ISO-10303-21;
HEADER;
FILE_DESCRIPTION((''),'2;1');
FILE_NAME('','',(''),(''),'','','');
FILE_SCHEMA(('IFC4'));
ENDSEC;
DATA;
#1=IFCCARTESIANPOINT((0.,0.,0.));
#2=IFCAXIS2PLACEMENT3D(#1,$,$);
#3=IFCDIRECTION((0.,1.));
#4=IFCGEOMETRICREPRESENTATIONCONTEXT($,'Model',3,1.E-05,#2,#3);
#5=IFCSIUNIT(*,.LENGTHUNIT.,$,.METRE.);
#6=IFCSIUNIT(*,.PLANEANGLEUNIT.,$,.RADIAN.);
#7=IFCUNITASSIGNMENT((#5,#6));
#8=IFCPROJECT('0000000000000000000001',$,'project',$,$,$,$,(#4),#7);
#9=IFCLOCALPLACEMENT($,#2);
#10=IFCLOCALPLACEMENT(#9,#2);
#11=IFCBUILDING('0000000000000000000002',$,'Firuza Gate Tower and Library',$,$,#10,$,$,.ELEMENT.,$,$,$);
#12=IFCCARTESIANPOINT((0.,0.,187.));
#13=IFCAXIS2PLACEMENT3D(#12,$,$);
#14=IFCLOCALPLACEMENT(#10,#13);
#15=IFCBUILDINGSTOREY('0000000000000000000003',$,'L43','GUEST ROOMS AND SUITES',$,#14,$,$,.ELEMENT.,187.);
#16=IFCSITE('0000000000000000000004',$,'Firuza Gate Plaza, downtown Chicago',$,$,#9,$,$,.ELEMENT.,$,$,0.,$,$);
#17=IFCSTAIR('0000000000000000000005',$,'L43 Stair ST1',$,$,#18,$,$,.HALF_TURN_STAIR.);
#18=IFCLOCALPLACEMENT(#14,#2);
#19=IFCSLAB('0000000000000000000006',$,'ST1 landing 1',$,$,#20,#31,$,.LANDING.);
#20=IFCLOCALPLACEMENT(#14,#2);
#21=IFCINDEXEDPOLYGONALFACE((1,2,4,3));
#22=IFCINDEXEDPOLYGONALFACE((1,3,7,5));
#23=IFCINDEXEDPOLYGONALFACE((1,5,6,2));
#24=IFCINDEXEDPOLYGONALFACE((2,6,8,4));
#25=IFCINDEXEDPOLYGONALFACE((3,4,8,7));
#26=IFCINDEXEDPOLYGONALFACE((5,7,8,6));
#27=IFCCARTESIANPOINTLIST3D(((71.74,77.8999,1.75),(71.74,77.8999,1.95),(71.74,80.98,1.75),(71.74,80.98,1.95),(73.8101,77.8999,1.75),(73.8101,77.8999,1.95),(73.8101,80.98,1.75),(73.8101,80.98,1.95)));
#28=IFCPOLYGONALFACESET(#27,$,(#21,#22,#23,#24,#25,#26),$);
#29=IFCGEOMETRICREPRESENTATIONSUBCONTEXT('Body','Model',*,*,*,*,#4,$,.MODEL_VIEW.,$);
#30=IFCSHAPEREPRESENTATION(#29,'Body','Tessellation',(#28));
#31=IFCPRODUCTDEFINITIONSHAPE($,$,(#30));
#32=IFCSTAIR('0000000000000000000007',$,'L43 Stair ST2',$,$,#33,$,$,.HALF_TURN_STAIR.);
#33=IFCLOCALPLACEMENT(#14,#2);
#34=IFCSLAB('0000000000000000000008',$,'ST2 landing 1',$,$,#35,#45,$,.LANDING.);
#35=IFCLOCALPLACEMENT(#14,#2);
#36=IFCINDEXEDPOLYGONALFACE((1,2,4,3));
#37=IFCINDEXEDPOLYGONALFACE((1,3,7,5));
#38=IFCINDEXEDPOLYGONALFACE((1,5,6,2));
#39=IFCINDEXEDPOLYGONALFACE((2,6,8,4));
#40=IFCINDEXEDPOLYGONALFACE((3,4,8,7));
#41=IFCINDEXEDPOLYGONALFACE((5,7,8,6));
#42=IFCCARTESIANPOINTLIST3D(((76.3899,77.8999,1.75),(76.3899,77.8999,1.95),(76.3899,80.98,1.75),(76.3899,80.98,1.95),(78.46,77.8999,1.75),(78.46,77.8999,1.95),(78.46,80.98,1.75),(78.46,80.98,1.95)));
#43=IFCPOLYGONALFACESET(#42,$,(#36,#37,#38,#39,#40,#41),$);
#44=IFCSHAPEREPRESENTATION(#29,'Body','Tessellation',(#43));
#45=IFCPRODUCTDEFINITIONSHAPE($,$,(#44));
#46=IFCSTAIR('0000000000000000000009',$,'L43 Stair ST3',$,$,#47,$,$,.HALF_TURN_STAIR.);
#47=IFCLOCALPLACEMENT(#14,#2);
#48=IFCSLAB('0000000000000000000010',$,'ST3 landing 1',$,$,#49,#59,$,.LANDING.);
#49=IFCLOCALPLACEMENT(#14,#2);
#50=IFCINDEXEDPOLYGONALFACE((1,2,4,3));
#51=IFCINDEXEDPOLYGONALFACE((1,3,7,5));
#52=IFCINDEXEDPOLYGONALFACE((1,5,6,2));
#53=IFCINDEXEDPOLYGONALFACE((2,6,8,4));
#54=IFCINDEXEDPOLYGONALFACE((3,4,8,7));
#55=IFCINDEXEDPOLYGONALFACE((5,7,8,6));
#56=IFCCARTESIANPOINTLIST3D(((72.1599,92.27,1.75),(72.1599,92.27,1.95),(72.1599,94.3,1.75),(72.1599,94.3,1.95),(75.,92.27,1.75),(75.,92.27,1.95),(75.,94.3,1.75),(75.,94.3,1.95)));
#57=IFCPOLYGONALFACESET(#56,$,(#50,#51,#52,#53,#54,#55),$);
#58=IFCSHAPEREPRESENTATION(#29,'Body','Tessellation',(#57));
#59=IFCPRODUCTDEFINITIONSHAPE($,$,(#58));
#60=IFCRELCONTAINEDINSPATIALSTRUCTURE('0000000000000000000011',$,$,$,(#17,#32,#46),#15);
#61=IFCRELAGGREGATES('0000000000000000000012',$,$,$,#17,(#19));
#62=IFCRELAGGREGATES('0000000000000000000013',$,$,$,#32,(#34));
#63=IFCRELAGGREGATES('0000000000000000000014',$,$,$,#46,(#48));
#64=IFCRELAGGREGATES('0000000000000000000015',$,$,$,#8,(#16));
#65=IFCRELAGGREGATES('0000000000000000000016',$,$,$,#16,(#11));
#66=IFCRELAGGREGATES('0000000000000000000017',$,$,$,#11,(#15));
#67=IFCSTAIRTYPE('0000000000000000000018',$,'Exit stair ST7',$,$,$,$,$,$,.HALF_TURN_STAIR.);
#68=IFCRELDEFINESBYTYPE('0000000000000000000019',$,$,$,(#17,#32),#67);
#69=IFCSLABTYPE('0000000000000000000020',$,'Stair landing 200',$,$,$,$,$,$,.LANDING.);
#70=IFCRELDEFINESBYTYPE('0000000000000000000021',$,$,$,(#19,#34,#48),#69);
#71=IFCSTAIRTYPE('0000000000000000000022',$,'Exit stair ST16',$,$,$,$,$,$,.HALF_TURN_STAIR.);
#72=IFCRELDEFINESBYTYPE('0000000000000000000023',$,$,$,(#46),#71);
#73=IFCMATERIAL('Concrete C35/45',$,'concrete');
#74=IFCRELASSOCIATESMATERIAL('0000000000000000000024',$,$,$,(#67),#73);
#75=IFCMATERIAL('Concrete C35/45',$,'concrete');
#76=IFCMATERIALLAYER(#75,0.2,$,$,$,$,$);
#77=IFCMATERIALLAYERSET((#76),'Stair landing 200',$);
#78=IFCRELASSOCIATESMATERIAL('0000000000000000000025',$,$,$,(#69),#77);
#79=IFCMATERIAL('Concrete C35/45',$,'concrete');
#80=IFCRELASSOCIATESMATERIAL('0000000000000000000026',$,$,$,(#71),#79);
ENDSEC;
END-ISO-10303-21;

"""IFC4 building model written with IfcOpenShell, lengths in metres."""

from ifc_helpers import new_model, si_unit, direction, frame, origin, place, context, subcontext, project, spatial, polyline, outline, extrude, material, layer, layer_set, type_object, element, aggregate, save


model = new_model("IFC4")

# Units and contexts
model_context = context("Model", 3, precision=1e-05, world=origin(), true_north=direction((0.0, 1.0)))
body_context = subcontext(model_context, "Body", "Model", "MODEL_VIEW")
ifc_project = project(units=[si_unit("LENGTHUNIT", "METRE"), si_unit("PLANEANGLEUNIT", "RADIAN")], contexts=[model_context])

# Site, building, storey
site_placement = place(None, origin())
site = spatial("IfcSite", under=ifc_project, at=site_placement, Name="Firuza Gate Plaza, downtown Chicago", CompositionType="ELEMENT", RefElevation=0.0)
building_placement = place(site_placement, origin())
building = spatial("IfcBuilding", under=site, at=building_placement, Name="Firuza Gate Tower and Library", CompositionType="ELEMENT")
storey_placement = place(building_placement, frame((0.0, 0.0, 187.0)))
storey = spatial("IfcBuildingStorey", under=building, at=storey_placement, Name="L43", Description="GUEST ROOMS AND SUITES", CompositionType="ELEMENT", Elevation=187.0)

# Shared definitions
placement_1 = place(storey_placement, origin())

# Stairs, slabs
ifc_material_1 = material(Name="Concrete C35/45", Category="concrete")
stair_type_1 = type_object("IfcStairType", Name="Exit stair ST7", PredefinedType="HALF_TURN_STAIR", material=ifc_material_1)
stair_1 = element("IfcStair", 1, at=placement_1, inside=storey, type_object=stair_type_1, Name="L43 Stair ST1", PredefinedType="HALF_TURN_STAIR")
ifc_material_2 = material(Name="Concrete C35/45", Category="concrete")
ifc_layer_1 = layer(ifc_material_2, 0.2)
ifc_layer_set_1 = layer_set([ifc_layer_1], Name="Stair landing 200")
slab_type_1 = type_object("IfcSlabType", Name="Stair landing 200", PredefinedType="LANDING", material=ifc_layer_set_1)
placement_2 = place(storey_placement, frame((0.0, 0.0, 1.75)))
slab_1 = element("IfcSlab", 2, at=placement_2, type_object=slab_type_1, Name="ST1 landing 1", PredefinedType="LANDING", context=body_context, shape_type="SweptSolid", body=[
    extrude(outline(polyline([(71.74, 77.8999), (73.8101, 77.8999), (73.8101, 80.98), (71.74, 80.98), (71.74, 77.8999)])), origin(), (0.0, 0.0, 1.0), 0.2),
])
aggregate(stair_1, [slab_1])
stair_2 = element("IfcStair", 3, at=placement_1, inside=storey, type_object=stair_type_1, Name="L43 Stair ST2", PredefinedType="HALF_TURN_STAIR")
slab_2 = element("IfcSlab", 4, at=placement_2, type_object=slab_type_1, Name="ST2 landing 1", PredefinedType="LANDING", context=body_context, shape_type="SweptSolid", body=[
    extrude(outline(polyline([(78.46, 80.98), (76.3899, 80.98), (76.3899, 77.8999), (78.46, 77.8999), (78.46, 80.98)])), origin(), (0.0, 0.0, 1.0), 0.2),
])
aggregate(stair_2, [slab_2])
ifc_material_3 = material(Name="Concrete C35/45", Category="concrete")
stair_type_2 = type_object("IfcStairType", Name="Exit stair ST16", PredefinedType="HALF_TURN_STAIR", material=ifc_material_3)
stair_3 = element("IfcStair", 5, at=placement_1, inside=storey, type_object=stair_type_2, Name="L43 Stair ST3", PredefinedType="HALF_TURN_STAIR")
slab_3 = element("IfcSlab", 6, at=placement_2, type_object=slab_type_1, Name="ST3 landing 1", PredefinedType="LANDING", context=body_context, shape_type="SweptSolid", body=[
    extrude(outline(polyline([(75.0, 92.27), (75.0, 94.3), (72.1599, 94.3), (72.1599, 92.27), (75.0, 92.27)])), origin(), (0.0, 0.0, 1.0), 0.2),
])
aggregate(stair_3, [slab_3])

save(model, "model.ifc")
